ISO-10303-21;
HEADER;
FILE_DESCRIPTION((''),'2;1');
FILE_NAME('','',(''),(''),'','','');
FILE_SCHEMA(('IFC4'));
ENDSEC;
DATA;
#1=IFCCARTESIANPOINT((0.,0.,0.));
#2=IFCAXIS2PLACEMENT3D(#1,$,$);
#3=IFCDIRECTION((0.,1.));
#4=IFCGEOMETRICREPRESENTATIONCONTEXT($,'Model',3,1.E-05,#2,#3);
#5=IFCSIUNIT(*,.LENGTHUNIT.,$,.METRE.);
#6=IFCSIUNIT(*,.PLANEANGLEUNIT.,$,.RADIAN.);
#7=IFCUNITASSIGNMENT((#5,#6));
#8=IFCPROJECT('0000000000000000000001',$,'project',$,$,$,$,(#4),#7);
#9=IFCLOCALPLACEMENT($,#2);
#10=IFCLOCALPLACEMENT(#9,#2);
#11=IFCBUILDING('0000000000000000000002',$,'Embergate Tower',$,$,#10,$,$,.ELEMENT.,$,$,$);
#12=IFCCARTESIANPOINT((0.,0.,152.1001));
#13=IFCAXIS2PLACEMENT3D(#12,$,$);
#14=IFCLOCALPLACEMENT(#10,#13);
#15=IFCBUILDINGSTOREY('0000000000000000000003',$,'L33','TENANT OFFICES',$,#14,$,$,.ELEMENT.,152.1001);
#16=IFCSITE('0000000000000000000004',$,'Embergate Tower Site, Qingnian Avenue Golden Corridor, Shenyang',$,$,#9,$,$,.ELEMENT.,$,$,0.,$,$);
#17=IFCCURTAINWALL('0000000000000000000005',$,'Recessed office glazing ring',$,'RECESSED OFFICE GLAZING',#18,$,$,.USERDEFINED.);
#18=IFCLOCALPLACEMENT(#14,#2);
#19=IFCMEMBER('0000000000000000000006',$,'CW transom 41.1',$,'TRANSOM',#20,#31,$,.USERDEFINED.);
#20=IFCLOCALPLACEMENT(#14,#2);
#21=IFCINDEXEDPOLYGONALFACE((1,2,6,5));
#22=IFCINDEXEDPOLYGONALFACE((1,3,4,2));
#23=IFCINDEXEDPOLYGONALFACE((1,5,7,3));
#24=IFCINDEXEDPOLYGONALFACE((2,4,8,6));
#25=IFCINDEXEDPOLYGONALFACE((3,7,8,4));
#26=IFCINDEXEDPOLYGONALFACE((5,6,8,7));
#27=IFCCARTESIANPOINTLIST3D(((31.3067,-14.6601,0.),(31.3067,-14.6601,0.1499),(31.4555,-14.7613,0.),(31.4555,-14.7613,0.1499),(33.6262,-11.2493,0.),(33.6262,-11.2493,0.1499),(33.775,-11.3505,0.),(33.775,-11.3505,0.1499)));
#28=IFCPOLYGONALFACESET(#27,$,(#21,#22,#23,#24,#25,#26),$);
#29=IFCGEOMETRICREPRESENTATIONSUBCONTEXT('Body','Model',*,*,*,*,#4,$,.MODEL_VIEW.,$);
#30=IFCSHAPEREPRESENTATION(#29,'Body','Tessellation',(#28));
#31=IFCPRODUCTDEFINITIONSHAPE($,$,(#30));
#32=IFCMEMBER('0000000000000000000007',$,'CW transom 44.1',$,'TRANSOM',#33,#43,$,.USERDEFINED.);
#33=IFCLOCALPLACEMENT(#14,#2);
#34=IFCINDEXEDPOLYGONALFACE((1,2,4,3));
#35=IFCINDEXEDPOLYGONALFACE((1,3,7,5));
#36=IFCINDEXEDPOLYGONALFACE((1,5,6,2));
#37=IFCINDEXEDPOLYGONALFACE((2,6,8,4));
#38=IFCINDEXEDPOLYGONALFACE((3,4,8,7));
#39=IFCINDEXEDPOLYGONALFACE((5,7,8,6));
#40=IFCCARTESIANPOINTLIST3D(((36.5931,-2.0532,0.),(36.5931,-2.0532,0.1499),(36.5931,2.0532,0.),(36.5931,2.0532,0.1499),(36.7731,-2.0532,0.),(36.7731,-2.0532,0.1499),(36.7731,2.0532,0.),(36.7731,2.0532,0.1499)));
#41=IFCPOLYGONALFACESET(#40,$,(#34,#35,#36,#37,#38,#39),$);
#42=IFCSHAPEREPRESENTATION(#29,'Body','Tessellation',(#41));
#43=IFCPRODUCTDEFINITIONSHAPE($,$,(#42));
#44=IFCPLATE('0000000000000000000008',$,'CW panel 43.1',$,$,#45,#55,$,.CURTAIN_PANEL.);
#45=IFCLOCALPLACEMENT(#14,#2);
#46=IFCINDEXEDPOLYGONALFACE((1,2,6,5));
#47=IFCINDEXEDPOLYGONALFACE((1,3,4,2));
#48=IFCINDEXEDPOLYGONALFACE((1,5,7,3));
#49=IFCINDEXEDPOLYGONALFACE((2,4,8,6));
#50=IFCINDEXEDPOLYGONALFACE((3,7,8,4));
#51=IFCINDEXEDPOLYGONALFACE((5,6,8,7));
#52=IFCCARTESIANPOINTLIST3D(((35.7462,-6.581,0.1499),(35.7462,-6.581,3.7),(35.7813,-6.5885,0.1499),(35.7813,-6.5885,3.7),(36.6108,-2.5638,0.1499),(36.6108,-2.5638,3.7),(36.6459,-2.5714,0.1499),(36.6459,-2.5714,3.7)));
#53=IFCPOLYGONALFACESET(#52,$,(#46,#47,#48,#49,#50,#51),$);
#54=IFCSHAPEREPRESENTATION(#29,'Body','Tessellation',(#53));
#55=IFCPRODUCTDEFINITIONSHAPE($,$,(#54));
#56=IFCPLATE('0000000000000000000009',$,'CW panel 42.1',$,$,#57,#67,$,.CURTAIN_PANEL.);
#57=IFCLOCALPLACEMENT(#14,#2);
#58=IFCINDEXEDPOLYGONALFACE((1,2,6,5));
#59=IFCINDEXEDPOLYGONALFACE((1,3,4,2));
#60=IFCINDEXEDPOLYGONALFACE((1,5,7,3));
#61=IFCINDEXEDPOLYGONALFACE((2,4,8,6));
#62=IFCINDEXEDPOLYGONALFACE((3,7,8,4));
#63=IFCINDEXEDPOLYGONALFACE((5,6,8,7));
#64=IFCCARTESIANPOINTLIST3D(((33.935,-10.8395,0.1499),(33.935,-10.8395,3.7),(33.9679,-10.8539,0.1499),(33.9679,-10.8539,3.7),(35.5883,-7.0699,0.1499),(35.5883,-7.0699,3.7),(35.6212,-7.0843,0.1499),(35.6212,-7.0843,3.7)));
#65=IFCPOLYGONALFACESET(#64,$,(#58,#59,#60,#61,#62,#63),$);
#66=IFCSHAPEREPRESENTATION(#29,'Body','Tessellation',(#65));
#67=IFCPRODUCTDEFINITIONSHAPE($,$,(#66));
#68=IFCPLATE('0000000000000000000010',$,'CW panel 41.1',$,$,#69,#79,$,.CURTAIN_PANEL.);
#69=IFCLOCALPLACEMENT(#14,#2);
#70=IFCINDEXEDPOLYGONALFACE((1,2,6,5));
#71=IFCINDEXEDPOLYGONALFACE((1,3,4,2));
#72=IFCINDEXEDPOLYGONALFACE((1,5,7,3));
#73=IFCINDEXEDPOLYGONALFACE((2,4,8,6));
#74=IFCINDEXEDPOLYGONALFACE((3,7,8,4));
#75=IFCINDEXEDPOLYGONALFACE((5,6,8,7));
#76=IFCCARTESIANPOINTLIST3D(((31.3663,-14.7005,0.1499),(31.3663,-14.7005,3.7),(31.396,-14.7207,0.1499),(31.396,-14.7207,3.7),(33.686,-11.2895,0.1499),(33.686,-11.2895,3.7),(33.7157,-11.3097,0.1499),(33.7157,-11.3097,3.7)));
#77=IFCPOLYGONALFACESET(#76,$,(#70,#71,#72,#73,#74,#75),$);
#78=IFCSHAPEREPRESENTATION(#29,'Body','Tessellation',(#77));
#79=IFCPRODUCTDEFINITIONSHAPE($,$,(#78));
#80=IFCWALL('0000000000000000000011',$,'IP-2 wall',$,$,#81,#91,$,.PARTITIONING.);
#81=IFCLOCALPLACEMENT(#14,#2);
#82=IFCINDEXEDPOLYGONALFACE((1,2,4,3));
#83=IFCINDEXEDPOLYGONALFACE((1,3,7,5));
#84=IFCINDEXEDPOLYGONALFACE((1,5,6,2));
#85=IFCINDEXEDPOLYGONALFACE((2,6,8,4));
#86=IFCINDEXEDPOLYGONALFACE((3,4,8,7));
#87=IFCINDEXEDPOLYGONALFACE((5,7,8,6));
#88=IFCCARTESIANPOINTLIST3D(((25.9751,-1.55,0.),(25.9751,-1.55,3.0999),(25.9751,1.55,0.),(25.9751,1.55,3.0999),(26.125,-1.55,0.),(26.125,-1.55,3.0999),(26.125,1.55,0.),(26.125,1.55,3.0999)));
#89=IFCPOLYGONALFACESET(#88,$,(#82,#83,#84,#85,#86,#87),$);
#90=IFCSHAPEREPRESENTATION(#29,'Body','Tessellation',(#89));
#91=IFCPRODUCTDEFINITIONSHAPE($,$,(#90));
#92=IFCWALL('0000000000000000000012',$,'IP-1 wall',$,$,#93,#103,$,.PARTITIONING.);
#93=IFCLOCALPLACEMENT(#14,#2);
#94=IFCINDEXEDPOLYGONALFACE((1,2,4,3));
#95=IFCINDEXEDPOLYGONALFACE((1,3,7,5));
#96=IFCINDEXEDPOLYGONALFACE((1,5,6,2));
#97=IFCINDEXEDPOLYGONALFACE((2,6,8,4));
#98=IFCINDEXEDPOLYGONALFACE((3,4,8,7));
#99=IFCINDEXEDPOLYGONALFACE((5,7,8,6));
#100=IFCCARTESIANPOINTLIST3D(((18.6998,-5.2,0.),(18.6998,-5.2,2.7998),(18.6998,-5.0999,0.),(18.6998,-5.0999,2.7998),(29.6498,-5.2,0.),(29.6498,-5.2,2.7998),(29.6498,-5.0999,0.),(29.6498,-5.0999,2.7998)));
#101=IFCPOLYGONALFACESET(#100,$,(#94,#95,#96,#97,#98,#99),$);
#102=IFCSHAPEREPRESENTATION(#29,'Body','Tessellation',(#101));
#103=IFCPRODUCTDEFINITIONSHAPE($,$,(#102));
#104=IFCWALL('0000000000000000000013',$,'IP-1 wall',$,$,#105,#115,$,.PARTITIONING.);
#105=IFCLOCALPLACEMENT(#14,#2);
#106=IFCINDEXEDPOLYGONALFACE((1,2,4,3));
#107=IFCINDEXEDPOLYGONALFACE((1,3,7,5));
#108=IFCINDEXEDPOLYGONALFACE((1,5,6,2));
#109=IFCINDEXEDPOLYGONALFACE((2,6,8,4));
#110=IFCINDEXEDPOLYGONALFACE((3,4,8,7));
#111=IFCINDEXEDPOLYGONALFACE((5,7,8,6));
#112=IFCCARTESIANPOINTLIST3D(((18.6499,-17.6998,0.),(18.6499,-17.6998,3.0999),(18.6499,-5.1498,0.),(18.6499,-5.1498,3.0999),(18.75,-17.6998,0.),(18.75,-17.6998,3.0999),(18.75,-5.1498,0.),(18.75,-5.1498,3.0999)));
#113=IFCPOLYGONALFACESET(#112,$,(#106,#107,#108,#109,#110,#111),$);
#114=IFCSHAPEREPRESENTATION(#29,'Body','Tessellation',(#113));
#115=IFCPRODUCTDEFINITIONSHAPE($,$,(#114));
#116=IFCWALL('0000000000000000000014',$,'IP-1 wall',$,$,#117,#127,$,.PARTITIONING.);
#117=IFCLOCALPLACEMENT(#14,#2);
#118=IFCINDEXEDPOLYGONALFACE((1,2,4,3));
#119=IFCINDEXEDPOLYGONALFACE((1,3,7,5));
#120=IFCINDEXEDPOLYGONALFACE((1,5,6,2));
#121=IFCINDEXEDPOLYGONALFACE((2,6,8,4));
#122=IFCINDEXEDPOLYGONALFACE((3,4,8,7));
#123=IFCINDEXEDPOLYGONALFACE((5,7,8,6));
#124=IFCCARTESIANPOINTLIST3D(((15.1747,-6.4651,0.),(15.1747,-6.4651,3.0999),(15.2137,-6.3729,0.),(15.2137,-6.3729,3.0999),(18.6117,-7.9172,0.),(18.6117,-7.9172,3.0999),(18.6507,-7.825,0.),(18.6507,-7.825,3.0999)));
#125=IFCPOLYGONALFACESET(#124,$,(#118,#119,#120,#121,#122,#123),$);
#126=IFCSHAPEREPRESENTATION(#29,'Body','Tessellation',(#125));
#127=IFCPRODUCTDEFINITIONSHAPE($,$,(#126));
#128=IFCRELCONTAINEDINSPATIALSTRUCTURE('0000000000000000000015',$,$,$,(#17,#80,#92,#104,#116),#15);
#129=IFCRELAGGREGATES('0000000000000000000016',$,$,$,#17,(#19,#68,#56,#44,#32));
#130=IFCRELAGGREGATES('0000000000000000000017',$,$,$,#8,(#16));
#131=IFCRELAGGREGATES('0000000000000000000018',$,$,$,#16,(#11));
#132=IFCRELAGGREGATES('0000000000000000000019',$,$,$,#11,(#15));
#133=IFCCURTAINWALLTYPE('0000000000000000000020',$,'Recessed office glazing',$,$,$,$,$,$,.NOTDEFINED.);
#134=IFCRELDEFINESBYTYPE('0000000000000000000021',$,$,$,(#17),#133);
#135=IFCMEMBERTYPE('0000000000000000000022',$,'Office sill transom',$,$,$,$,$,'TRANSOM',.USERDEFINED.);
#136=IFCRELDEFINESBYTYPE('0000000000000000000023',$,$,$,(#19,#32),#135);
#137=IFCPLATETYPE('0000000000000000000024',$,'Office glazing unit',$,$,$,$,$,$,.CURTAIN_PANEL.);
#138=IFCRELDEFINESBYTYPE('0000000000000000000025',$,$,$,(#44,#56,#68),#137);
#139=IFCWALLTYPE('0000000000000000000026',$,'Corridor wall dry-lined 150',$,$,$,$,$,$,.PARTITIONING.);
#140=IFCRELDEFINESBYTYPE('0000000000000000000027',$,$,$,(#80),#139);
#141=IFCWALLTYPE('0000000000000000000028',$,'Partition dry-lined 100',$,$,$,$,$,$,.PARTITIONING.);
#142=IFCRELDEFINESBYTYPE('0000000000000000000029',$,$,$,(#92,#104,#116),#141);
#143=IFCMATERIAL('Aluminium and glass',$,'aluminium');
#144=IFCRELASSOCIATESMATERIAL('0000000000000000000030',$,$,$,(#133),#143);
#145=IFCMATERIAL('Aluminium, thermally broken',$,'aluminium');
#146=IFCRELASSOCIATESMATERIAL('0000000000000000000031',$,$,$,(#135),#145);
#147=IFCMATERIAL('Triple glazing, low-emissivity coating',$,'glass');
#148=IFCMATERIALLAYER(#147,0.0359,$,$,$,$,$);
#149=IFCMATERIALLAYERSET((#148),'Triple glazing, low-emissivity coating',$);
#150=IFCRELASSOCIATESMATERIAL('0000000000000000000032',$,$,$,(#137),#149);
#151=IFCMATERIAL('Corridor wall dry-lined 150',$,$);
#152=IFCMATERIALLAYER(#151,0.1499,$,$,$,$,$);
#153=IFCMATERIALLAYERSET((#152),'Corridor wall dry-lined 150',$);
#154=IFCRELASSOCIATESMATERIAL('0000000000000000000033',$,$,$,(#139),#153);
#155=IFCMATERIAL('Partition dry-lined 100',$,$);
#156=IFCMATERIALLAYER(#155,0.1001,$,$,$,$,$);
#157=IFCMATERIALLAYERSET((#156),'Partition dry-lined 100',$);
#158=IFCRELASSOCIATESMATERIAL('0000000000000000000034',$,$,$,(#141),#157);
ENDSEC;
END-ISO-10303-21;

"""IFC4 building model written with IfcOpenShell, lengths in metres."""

from ifc_helpers import new_model, si_unit, direction, frame, frame_2d, origin, origin_2d, place, context, subcontext, project, spatial, rectangle, extrude, source, transform, mapped, material, layer, layer_set, material_profile, profile_set, type_object, element, aggregate, save


model = new_model("IFC4")

# Units and contexts
model_context = context("Model", 3, precision=1e-05, world=origin(), true_north=direction((0.0, 1.0)))
body_context = subcontext(model_context, "Body", "Model", "MODEL_VIEW")
ifc_project = project(units=[si_unit("LENGTHUNIT", "METRE"), si_unit("PLANEANGLEUNIT", "RADIAN")], contexts=[model_context])

# Site, building, storey
site_placement = place(None, origin())
site = spatial("IfcSite", under=ifc_project, at=site_placement, Name="Embergate Tower Site, Qingnian Avenue Golden Corridor, Shenyang", CompositionType="ELEMENT", RefElevation=0.0)
building_placement = place(site_placement, origin())
building = spatial("IfcBuilding", under=site, at=building_placement, Name="Embergate Tower", CompositionType="ELEMENT")
storey_placement = place(building_placement, frame((0.0, 0.0, 152.1001)))
storey = spatial("IfcBuildingStorey", under=building, at=storey_placement, Name="L33", Description="TENANT OFFICES", CompositionType="ELEMENT", Elevation=152.1001)

# Curtain wall, members, plates
ifc_material_1 = material(Name="Aluminium and glass", Category="aluminium")
curtain_wall_type = type_object("IfcCurtainWallType", Name="Recessed office glazing", PredefinedType="NOTDEFINED", material=ifc_material_1)
curtain_wall_placement = place(storey_placement, origin())
curtain_wall = element("IfcCurtainWall", 1, at=curtain_wall_placement, inside=storey, type_object=curtain_wall_type, Name="Recessed office glazing ring", ObjectType="RECESSED OFFICE GLAZING", PredefinedType="USERDEFINED")
ifc_material_2 = material(Name="Aluminium, thermally broken", Category="aluminium")
ifc_material_profile_1 = material_profile(ifc_material_2, rectangle(XDim=0.1799, YDim=0.1499, at=origin_2d()), Name="AL 150x180")
ifc_profile_set_1 = profile_set([ifc_material_profile_1], Name="Aluminium, thermally broken")
member_type_1 = type_object("IfcMemberType", Name="Office sill transom", ElementType="TRANSOM", PredefinedType="USERDEFINED", material=ifc_profile_set_1)
shared_shape_1 = source(origin(), body_context, "Body", "SweptSolid", [
    extrude(rectangle(XDim=0.1799, YDim=0.1499, at=origin_2d()), origin(), (0.0, 0.0, 1.0), 4.1248),
])
member_1_placement = place(storey_placement, frame((31.3811, -14.7107, 0.075), z_axis=(0.562339, 0.826907, 0.0), x_axis=(-0.826907, 0.562339, 0.0)))
member_1 = element("IfcMember", 2, at=member_1_placement, type_object=member_type_1, Name="CW transom 41.1", ObjectType="TRANSOM", PredefinedType="USERDEFINED", context=body_context, shape_type="MappedRepresentation", body=[
    mapped(shared_shape_1, transform((0.0, 0.0, 0.0))),
])
shared_shape_2 = source(origin(), body_context, "Body", "SweptSolid", [
    extrude(rectangle(XDim=0.1799, YDim=0.1499, at=origin_2d()), origin(), (0.0, 0.0, 1.0), 4.1064),
])
member_2_placement = place(storey_placement, frame((36.6831, -2.0532, 0.075), z_axis=(0.0, 1.0, 0.0), x_axis=(-1.0, 0.0, 0.0)))
member_2 = element("IfcMember", 3, at=member_2_placement, type_object=member_type_1, Name="CW transom 44.1", ObjectType="TRANSOM", PredefinedType="USERDEFINED", context=body_context, shape_type="MappedRepresentation", body=[
    mapped(shared_shape_2, transform((0.0, 0.0, 0.0))),
])
ifc_material_3 = material(Name="Triple glazing, low-emissivity coating", Category="glass")
ifc_layer_1 = layer(ifc_material_3, 0.0359)
ifc_layer_set_1 = layer_set([ifc_layer_1], Name="Triple glazing, low-emissivity coating")
plate_type = type_object("IfcPlateType", Name="Office glazing unit", PredefinedType="CURTAIN_PANEL", material=ifc_layer_set_1)
shared_shape_3 = source(origin(), body_context, "Body", "SweptSolid", [
    extrude(rectangle(XDim=4.1091, YDim=0.0359, at=origin_2d()), origin(), (0.0, 0.0, 1.0), 3.55),
])
plate_1_placement = place(storey_placement, frame((36.196, -4.5762, 0.1499), z_axis=(0.0, 0.0, 1.0), x_axis=(0.210398, 0.977616, 0.0)))
plate_1 = element("IfcPlate", 4, at=plate_1_placement, type_object=plate_type, Name="CW panel 43.1", PredefinedType="CURTAIN_PANEL", context=body_context, shape_type="MappedRepresentation", body=[
    mapped(shared_shape_3, transform((0.0, 0.0, 0.0))),
])
shared_shape_4 = source(origin(), body_context, "Body", "SweptSolid", [
    extrude(rectangle(XDim=4.1162, YDim=0.0359, at=origin_2d()), origin(), (0.0, 0.0, 1.0), 3.55),
])
plate_2_placement = place(storey_placement, frame((34.7781, -8.9619, 0.1499), z_axis=(0.0, 0.0, 1.0), x_axis=(0.401652, 0.915792, 0.0)))
plate_2 = element("IfcPlate", 5, at=plate_2_placement, type_object=plate_type, Name="CW panel 42.1", PredefinedType="CURTAIN_PANEL", context=body_context, shape_type="MappedRepresentation", body=[
    mapped(shared_shape_4, transform((0.0, 0.0, 0.0))),
])
shared_shape_5 = source(origin(), body_context, "Body", "SweptSolid", [
    extrude(rectangle(XDim=4.125, YDim=0.0359, at=origin_2d()), origin(), (0.0, 0.0, 1.0), 3.55),
])
plate_3_placement = place(storey_placement, frame((32.541, -13.0051, 0.1499), z_axis=(0.0, 0.0, 1.0), x_axis=(0.562342, 0.826905, 0.0)))
plate_3 = element("IfcPlate", 6, at=plate_3_placement, type_object=plate_type, Name="CW panel 41.1", PredefinedType="CURTAIN_PANEL", context=body_context, shape_type="MappedRepresentation", body=[
    mapped(shared_shape_5, transform((0.0, 0.0, 0.0))),
])
aggregate(curtain_wall, [member_1, plate_3, plate_2, plate_1, member_2])

# Walls
ifc_material_4 = material(Name="Corridor wall dry-lined 150")
ifc_layer_2 = layer(ifc_material_4, 0.1499)
ifc_layer_set_2 = layer_set([ifc_layer_2], Name="Corridor wall dry-lined 150")
wall_type_1 = type_object("IfcWallType", Name="Corridor wall dry-lined 150", PredefinedType="PARTITIONING", material=ifc_layer_set_2)
shared_shape_6 = source(origin(), body_context, "Body", "SweptSolid", [
    extrude(rectangle(XDim=3.1001, YDim=0.1499, at=frame_2d((1.55, 0.0))), origin(), (0.0, 0.0, 1.0), 3.0999),
])
wall_1_placement = place(storey_placement, frame((26.05, -1.55, 0.0), z_axis=(0.0, 0.0, 1.0), x_axis=(0.0, 1.0, 0.0)))
element("IfcWall", 7, at=wall_1_placement, inside=storey, type_object=wall_type_1, Name="IP-2 wall", PredefinedType="PARTITIONING", context=body_context, shape_type="MappedRepresentation", body=[
    mapped(shared_shape_6, transform((0.0, 0.0, 0.0))),
])
ifc_material_5 = material(Name="Partition dry-lined 100")
ifc_layer_3 = layer(ifc_material_5, 0.1001)
ifc_layer_set_3 = layer_set([ifc_layer_3], Name="Partition dry-lined 100")
wall_type_2 = type_object("IfcWallType", Name="Partition dry-lined 100", PredefinedType="PARTITIONING", material=ifc_layer_set_3)
shared_shape_7 = source(origin(), body_context, "Body", "SweptSolid", [
    extrude(rectangle(XDim=10.95, YDim=0.1001, at=frame_2d((5.4751, 0.0))), origin(), (0.0, 0.0, 1.0), 2.7998),
])
wall_2_placement = place(storey_placement, frame((29.6499, -5.1499, 0.0), z_axis=(0.0, 0.0, 1.0), x_axis=(-1.0, 0.0, 0.0)))
element("IfcWall", 8, at=wall_2_placement, inside=storey, type_object=wall_type_2, Name="IP-1 wall", PredefinedType="PARTITIONING", context=body_context, shape_type="MappedRepresentation", body=[
    mapped(shared_shape_7, transform((0.0, 0.0, 0.0))),
])
shared_shape_8 = source(origin(), body_context, "Body", "SweptSolid", [
    extrude(rectangle(XDim=12.55, YDim=0.1001, at=frame_2d((6.2749, 0.0))), origin(), (0.0, 0.0, 1.0), 3.0999),
])
wall_3_placement = place(storey_placement, frame((18.7, -5.1499, 0.0), z_axis=(0.0, 0.0, 1.0), x_axis=(0.0, -1.0, 0.0)))
element("IfcWall", 9, at=wall_3_placement, inside=storey, type_object=wall_type_2, Name="IP-1 wall", PredefinedType="PARTITIONING", context=body_context, shape_type="MappedRepresentation", body=[
    mapped(shared_shape_8, transform((0.0, 0.0, 0.0))),
])
shared_shape_9 = source(origin(), body_context, "Body", "SweptSolid", [
    extrude(rectangle(XDim=3.7312, YDim=0.1001, at=frame_2d((1.8657, 0.0))), origin(), (0.0, 0.0, 1.0), 3.0999),
])
wall_4_placement = place(storey_placement, frame((15.1941, -6.4189, 0.0), z_axis=(0.0, 0.0, 1.0), x_axis=(0.921157, -0.389192, 0.0)))
element("IfcWall", 10, at=wall_4_placement, inside=storey, type_object=wall_type_2, Name="IP-1 wall", PredefinedType="PARTITIONING", context=body_context, shape_type="MappedRepresentation", body=[
    mapped(shared_shape_9, transform((0.0, 0.0, 0.0))),
])

save(model, "model.ifc")
